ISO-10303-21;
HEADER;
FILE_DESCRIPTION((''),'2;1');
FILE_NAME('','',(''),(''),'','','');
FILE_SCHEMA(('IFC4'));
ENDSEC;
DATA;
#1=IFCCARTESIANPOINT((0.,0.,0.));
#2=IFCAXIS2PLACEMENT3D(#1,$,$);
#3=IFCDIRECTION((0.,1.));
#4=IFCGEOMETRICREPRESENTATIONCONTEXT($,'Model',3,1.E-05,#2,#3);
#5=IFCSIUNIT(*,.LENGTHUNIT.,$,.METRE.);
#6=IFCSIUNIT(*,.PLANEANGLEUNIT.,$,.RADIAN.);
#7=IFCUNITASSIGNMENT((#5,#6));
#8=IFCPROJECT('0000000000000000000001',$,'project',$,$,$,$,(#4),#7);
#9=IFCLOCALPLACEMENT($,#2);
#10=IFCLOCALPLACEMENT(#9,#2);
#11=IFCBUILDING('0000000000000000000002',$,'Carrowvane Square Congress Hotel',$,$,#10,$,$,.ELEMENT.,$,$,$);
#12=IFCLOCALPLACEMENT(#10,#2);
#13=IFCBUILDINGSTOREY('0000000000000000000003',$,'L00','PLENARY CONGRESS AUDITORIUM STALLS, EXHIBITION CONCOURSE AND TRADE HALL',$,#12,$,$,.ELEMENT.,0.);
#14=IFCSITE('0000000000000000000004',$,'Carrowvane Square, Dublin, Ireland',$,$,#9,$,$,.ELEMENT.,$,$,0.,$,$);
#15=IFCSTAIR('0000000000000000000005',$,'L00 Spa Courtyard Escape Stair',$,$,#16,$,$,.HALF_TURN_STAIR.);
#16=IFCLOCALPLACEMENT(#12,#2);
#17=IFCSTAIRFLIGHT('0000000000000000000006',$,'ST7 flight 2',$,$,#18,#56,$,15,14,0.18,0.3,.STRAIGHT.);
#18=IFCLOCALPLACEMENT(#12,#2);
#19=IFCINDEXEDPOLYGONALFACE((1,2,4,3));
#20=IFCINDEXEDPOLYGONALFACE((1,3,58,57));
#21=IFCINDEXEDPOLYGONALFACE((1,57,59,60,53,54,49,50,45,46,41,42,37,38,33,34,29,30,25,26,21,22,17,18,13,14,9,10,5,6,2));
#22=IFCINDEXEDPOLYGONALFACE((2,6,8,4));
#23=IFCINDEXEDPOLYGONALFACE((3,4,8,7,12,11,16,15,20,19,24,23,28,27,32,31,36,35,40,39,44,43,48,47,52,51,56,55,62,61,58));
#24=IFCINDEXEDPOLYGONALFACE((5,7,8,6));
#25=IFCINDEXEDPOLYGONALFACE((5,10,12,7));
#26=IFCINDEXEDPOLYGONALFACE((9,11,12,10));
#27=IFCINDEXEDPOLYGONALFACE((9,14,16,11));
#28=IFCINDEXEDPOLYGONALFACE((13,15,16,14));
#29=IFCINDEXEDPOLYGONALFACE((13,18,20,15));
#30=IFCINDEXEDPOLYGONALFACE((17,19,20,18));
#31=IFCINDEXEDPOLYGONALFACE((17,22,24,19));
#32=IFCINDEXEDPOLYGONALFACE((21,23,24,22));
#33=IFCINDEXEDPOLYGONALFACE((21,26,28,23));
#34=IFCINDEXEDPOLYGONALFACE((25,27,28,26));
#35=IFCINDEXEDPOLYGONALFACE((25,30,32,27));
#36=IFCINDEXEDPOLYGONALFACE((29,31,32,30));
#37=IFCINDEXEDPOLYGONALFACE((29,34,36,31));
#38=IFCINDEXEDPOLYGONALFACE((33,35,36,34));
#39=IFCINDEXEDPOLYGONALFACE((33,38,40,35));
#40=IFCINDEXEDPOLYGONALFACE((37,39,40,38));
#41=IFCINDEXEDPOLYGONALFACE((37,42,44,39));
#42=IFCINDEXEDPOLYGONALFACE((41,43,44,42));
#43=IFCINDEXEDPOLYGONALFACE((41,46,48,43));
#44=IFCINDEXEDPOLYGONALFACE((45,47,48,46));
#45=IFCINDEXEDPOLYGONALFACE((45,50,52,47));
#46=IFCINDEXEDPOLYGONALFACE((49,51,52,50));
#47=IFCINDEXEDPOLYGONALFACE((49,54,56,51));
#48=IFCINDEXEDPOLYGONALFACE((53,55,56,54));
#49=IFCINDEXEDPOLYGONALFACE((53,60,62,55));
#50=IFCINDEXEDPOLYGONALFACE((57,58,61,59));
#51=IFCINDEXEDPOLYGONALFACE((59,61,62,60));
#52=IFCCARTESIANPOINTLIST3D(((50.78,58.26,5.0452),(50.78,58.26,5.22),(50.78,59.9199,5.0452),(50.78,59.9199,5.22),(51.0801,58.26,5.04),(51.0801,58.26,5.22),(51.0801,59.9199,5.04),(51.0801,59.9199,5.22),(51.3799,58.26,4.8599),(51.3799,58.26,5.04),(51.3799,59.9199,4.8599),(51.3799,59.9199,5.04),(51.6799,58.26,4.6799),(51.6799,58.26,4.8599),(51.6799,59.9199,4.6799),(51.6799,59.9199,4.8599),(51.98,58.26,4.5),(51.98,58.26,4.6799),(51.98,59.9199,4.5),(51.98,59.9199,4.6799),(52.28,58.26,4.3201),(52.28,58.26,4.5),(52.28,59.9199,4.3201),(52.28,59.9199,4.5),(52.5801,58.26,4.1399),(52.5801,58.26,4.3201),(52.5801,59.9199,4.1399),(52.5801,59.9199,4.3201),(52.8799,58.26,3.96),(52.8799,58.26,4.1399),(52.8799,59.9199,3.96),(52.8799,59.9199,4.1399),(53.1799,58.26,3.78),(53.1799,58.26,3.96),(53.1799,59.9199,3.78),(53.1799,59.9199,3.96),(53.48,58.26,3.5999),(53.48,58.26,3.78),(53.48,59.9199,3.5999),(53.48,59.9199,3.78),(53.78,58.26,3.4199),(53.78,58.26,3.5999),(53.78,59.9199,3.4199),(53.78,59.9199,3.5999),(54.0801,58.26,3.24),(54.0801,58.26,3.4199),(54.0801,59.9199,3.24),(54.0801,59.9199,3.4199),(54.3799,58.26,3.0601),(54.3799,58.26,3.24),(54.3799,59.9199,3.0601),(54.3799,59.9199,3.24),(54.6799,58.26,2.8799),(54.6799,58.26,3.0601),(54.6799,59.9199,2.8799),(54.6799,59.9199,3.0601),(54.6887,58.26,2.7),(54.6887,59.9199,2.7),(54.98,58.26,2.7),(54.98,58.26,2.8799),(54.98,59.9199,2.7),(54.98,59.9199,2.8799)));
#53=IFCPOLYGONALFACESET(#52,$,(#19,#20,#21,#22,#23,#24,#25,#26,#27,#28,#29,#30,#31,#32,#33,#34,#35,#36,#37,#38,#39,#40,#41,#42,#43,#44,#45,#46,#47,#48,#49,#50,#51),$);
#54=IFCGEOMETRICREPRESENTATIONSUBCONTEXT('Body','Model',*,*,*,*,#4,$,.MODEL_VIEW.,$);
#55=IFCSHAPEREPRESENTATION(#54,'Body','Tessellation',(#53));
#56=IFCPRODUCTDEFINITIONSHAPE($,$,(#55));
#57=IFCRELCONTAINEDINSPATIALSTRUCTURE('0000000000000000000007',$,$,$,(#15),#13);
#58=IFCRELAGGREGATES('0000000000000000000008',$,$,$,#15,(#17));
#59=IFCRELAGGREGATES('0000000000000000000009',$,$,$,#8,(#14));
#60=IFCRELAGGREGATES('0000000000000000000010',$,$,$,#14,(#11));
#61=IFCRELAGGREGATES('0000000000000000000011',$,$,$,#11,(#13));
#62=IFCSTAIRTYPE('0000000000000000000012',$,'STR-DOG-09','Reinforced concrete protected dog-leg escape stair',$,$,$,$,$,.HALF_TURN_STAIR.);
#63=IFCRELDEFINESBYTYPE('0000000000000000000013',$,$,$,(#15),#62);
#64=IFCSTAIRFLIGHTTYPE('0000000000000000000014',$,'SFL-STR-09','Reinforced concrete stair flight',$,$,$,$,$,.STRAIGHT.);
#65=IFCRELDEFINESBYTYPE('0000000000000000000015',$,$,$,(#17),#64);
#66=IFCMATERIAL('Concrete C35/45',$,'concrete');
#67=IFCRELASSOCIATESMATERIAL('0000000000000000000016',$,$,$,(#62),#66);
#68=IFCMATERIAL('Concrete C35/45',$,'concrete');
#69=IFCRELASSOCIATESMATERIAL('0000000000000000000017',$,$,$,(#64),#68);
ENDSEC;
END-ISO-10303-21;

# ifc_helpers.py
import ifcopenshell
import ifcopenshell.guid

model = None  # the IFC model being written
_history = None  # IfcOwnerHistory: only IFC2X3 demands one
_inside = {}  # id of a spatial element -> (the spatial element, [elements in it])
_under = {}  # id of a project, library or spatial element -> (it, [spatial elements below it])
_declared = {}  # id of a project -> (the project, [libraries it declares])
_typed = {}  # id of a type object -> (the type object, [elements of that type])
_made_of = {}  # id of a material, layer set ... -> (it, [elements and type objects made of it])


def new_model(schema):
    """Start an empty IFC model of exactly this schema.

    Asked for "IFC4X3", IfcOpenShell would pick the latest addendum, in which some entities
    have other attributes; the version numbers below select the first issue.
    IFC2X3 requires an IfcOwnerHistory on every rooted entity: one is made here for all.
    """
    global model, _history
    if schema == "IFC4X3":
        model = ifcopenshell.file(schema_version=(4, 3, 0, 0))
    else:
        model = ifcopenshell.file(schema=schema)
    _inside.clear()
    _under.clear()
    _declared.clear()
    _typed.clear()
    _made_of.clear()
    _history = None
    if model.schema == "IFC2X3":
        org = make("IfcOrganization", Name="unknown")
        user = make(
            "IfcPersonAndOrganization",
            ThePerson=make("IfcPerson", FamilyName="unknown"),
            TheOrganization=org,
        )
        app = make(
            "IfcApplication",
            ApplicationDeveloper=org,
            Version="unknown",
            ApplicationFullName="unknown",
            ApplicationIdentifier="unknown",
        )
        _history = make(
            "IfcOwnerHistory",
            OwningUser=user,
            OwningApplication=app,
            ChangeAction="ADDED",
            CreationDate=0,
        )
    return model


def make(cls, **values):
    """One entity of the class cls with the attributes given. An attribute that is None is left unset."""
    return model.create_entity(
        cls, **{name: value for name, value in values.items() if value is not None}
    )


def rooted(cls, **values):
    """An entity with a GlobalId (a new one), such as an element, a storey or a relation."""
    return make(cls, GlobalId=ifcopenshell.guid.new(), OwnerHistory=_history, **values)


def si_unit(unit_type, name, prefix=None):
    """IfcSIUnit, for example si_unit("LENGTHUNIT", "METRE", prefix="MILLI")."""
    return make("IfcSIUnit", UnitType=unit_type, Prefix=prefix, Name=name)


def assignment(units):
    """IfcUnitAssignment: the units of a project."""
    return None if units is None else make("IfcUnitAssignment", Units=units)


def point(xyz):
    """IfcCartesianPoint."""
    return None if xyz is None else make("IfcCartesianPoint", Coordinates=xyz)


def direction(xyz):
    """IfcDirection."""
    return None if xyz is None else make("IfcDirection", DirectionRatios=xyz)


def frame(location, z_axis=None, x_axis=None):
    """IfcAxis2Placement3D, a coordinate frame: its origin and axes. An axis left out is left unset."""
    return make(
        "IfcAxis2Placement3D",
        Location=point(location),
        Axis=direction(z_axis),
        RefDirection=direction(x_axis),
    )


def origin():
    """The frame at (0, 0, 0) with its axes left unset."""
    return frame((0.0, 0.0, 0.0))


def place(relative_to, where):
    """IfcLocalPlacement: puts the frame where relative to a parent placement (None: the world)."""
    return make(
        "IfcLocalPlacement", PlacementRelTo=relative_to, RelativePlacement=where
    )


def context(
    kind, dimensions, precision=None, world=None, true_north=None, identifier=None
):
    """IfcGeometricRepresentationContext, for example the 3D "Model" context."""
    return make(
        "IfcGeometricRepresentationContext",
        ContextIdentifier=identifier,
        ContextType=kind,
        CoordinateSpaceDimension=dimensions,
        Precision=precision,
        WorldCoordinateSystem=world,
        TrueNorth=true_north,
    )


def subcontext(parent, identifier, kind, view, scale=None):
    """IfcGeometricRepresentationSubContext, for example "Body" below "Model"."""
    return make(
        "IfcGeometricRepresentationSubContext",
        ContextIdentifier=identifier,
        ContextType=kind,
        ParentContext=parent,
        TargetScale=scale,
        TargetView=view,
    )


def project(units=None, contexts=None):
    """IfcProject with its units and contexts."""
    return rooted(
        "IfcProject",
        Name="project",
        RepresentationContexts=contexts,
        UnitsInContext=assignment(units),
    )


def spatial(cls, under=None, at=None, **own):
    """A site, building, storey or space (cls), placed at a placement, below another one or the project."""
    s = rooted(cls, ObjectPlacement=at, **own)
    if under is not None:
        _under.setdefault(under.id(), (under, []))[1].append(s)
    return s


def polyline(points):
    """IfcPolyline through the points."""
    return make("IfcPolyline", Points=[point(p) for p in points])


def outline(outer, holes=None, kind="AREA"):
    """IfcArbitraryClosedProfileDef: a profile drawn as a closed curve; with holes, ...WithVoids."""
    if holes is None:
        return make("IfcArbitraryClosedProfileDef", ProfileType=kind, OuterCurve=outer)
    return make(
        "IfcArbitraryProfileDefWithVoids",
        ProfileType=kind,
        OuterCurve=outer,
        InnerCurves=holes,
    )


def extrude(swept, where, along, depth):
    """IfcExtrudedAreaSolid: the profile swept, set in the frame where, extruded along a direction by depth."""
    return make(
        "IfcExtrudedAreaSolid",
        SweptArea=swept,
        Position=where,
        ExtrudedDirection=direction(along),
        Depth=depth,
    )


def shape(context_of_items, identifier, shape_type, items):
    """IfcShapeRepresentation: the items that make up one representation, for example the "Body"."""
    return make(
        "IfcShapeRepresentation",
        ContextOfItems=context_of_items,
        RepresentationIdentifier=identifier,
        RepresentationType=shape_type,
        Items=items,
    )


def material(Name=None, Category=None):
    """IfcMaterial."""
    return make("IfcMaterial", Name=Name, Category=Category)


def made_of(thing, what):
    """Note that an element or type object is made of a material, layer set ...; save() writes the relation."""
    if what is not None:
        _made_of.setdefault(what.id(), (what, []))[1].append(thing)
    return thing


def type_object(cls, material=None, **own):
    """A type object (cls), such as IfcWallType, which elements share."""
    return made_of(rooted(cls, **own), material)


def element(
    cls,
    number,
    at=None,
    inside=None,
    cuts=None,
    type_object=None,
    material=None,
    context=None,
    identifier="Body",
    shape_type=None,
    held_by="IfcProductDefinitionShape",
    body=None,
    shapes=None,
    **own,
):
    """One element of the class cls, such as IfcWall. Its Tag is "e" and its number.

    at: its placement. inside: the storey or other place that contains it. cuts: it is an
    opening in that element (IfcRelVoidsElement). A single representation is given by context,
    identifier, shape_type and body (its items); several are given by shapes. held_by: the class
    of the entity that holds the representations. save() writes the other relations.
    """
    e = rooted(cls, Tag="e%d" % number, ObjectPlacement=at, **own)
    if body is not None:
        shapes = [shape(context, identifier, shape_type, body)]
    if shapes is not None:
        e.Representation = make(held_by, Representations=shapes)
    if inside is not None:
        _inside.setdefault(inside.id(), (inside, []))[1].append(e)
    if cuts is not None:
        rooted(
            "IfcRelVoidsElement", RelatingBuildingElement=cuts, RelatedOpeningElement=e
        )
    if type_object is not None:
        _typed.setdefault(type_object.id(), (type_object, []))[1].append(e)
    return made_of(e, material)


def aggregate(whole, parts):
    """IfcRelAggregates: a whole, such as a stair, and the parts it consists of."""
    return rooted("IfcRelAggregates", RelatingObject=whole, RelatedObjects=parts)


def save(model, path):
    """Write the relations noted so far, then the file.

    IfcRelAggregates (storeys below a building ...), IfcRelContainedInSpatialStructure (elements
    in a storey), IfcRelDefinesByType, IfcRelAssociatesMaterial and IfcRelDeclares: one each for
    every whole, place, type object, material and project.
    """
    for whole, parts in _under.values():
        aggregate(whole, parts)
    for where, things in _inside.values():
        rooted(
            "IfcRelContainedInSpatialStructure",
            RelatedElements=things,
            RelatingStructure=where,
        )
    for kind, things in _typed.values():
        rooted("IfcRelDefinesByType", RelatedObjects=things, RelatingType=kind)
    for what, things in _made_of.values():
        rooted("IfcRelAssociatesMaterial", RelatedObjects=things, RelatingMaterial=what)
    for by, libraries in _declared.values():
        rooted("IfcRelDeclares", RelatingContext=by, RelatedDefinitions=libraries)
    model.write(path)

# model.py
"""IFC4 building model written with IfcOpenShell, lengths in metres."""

from ifc_helpers import new_model, si_unit, direction, frame, origin, place, context, subcontext, project, spatial, polyline, outline, extrude, material, type_object, element, aggregate, save


model = new_model("IFC4")

# Units and contexts
model_context = context("Model", 3, precision=1e-05, world=origin(), true_north=direction((0.0, 1.0)))
body_context = subcontext(model_context, "Body", "Model", "MODEL_VIEW")
ifc_project = project(units=[si_unit("LENGTHUNIT", "METRE"), si_unit("PLANEANGLEUNIT", "RADIAN")], contexts=[model_context])

# Site, building, storey
site_placement = place(None, origin())
site = spatial("IfcSite", under=ifc_project, at=site_placement, Name="Carrowvane Square, Dublin, Ireland", CompositionType="ELEMENT", RefElevation=0.0)
building_placement = place(site_placement, origin())
building = spatial("IfcBuilding", under=site, at=building_placement, Name="Carrowvane Square Congress Hotel", CompositionType="ELEMENT")
storey_placement = place(building_placement, origin())
storey = spatial("IfcBuildingStorey", under=building, at=storey_placement, Name="L00", Description="PLENARY CONGRESS AUDITORIUM STALLS, EXHIBITION CONCOURSE AND TRADE HALL", CompositionType="ELEMENT", Elevation=0.0)

# Stair, stair flight
ifc_material_1 = material(Name="Concrete C35/45", Category="concrete")
stair_type = type_object("IfcStairType", Name="STR-DOG-09", Description="Reinforced concrete protected dog-leg escape stair", PredefinedType="HALF_TURN_STAIR", material=ifc_material_1)
stair_placement = place(storey_placement, origin())
stair = element("IfcStair", 1, at=stair_placement, inside=storey, type_object=stair_type, Name="L00 Spa Courtyard Escape Stair", PredefinedType="HALF_TURN_STAIR")
ifc_material_2 = material(Name="Concrete C35/45", Category="concrete")
stair_flight_type = type_object("IfcStairFlightType", Name="SFL-STR-09", Description="Reinforced concrete stair flight", PredefinedType="STRAIGHT", material=ifc_material_2)
stair_flight_placement = place(storey_placement, frame((54.98, 59.0901, 2.7), z_axis=(0.0, 0.0, 1.0), x_axis=(-1.0, 0.0, 0.0)))
stair_flight = element("IfcStairFlight", 2, at=stair_flight_placement, type_object=stair_flight_type, Name="ST7 flight 2", NumberOfRisers=15, NumberOfTreads=14, PredefinedType="STRAIGHT", RiserHeight=0.18, TreadLength=0.3, context=body_context, shape_type="SweptSolid", body=[
    extrude(outline(polyline([(0.0, 0.0), (0.0, 0.1799), (0.3, 0.1799), (0.3, 0.3601), (0.6001, 0.3601), (0.6001, 0.54), (0.8999, 0.54), (0.8999, 0.72), (1.2, 0.72), (1.2, 0.8999), (1.5, 0.8999), (1.5, 1.0801), (1.8, 1.0801), (1.8, 1.26), (2.1001, 1.26), (2.1001, 1.4399), (2.3999, 1.4399), (2.3999, 1.6201), (2.7, 1.6201), (2.7, 1.8), (3.0, 1.8), (3.0, 1.98), (3.3, 1.98), (3.3, 2.1599), (3.6001, 2.1599), (3.6001, 2.3401), (3.8999, 2.3401), (3.8999, 2.52), (4.2, 2.52), (4.2, 2.7), (4.2, 2.3452), (0.2913, 0.0), (0.0, 0.0)])), frame((0.0, 0.8301, 0.0), z_axis=(0.0, -1.0, 0.0), x_axis=(1.0, 0.0, 0.0)), (0.0, 0.0, 1.0), 1.6599),
])
aggregate(stair, [stair_flight])

save(model, "model.ifc")
